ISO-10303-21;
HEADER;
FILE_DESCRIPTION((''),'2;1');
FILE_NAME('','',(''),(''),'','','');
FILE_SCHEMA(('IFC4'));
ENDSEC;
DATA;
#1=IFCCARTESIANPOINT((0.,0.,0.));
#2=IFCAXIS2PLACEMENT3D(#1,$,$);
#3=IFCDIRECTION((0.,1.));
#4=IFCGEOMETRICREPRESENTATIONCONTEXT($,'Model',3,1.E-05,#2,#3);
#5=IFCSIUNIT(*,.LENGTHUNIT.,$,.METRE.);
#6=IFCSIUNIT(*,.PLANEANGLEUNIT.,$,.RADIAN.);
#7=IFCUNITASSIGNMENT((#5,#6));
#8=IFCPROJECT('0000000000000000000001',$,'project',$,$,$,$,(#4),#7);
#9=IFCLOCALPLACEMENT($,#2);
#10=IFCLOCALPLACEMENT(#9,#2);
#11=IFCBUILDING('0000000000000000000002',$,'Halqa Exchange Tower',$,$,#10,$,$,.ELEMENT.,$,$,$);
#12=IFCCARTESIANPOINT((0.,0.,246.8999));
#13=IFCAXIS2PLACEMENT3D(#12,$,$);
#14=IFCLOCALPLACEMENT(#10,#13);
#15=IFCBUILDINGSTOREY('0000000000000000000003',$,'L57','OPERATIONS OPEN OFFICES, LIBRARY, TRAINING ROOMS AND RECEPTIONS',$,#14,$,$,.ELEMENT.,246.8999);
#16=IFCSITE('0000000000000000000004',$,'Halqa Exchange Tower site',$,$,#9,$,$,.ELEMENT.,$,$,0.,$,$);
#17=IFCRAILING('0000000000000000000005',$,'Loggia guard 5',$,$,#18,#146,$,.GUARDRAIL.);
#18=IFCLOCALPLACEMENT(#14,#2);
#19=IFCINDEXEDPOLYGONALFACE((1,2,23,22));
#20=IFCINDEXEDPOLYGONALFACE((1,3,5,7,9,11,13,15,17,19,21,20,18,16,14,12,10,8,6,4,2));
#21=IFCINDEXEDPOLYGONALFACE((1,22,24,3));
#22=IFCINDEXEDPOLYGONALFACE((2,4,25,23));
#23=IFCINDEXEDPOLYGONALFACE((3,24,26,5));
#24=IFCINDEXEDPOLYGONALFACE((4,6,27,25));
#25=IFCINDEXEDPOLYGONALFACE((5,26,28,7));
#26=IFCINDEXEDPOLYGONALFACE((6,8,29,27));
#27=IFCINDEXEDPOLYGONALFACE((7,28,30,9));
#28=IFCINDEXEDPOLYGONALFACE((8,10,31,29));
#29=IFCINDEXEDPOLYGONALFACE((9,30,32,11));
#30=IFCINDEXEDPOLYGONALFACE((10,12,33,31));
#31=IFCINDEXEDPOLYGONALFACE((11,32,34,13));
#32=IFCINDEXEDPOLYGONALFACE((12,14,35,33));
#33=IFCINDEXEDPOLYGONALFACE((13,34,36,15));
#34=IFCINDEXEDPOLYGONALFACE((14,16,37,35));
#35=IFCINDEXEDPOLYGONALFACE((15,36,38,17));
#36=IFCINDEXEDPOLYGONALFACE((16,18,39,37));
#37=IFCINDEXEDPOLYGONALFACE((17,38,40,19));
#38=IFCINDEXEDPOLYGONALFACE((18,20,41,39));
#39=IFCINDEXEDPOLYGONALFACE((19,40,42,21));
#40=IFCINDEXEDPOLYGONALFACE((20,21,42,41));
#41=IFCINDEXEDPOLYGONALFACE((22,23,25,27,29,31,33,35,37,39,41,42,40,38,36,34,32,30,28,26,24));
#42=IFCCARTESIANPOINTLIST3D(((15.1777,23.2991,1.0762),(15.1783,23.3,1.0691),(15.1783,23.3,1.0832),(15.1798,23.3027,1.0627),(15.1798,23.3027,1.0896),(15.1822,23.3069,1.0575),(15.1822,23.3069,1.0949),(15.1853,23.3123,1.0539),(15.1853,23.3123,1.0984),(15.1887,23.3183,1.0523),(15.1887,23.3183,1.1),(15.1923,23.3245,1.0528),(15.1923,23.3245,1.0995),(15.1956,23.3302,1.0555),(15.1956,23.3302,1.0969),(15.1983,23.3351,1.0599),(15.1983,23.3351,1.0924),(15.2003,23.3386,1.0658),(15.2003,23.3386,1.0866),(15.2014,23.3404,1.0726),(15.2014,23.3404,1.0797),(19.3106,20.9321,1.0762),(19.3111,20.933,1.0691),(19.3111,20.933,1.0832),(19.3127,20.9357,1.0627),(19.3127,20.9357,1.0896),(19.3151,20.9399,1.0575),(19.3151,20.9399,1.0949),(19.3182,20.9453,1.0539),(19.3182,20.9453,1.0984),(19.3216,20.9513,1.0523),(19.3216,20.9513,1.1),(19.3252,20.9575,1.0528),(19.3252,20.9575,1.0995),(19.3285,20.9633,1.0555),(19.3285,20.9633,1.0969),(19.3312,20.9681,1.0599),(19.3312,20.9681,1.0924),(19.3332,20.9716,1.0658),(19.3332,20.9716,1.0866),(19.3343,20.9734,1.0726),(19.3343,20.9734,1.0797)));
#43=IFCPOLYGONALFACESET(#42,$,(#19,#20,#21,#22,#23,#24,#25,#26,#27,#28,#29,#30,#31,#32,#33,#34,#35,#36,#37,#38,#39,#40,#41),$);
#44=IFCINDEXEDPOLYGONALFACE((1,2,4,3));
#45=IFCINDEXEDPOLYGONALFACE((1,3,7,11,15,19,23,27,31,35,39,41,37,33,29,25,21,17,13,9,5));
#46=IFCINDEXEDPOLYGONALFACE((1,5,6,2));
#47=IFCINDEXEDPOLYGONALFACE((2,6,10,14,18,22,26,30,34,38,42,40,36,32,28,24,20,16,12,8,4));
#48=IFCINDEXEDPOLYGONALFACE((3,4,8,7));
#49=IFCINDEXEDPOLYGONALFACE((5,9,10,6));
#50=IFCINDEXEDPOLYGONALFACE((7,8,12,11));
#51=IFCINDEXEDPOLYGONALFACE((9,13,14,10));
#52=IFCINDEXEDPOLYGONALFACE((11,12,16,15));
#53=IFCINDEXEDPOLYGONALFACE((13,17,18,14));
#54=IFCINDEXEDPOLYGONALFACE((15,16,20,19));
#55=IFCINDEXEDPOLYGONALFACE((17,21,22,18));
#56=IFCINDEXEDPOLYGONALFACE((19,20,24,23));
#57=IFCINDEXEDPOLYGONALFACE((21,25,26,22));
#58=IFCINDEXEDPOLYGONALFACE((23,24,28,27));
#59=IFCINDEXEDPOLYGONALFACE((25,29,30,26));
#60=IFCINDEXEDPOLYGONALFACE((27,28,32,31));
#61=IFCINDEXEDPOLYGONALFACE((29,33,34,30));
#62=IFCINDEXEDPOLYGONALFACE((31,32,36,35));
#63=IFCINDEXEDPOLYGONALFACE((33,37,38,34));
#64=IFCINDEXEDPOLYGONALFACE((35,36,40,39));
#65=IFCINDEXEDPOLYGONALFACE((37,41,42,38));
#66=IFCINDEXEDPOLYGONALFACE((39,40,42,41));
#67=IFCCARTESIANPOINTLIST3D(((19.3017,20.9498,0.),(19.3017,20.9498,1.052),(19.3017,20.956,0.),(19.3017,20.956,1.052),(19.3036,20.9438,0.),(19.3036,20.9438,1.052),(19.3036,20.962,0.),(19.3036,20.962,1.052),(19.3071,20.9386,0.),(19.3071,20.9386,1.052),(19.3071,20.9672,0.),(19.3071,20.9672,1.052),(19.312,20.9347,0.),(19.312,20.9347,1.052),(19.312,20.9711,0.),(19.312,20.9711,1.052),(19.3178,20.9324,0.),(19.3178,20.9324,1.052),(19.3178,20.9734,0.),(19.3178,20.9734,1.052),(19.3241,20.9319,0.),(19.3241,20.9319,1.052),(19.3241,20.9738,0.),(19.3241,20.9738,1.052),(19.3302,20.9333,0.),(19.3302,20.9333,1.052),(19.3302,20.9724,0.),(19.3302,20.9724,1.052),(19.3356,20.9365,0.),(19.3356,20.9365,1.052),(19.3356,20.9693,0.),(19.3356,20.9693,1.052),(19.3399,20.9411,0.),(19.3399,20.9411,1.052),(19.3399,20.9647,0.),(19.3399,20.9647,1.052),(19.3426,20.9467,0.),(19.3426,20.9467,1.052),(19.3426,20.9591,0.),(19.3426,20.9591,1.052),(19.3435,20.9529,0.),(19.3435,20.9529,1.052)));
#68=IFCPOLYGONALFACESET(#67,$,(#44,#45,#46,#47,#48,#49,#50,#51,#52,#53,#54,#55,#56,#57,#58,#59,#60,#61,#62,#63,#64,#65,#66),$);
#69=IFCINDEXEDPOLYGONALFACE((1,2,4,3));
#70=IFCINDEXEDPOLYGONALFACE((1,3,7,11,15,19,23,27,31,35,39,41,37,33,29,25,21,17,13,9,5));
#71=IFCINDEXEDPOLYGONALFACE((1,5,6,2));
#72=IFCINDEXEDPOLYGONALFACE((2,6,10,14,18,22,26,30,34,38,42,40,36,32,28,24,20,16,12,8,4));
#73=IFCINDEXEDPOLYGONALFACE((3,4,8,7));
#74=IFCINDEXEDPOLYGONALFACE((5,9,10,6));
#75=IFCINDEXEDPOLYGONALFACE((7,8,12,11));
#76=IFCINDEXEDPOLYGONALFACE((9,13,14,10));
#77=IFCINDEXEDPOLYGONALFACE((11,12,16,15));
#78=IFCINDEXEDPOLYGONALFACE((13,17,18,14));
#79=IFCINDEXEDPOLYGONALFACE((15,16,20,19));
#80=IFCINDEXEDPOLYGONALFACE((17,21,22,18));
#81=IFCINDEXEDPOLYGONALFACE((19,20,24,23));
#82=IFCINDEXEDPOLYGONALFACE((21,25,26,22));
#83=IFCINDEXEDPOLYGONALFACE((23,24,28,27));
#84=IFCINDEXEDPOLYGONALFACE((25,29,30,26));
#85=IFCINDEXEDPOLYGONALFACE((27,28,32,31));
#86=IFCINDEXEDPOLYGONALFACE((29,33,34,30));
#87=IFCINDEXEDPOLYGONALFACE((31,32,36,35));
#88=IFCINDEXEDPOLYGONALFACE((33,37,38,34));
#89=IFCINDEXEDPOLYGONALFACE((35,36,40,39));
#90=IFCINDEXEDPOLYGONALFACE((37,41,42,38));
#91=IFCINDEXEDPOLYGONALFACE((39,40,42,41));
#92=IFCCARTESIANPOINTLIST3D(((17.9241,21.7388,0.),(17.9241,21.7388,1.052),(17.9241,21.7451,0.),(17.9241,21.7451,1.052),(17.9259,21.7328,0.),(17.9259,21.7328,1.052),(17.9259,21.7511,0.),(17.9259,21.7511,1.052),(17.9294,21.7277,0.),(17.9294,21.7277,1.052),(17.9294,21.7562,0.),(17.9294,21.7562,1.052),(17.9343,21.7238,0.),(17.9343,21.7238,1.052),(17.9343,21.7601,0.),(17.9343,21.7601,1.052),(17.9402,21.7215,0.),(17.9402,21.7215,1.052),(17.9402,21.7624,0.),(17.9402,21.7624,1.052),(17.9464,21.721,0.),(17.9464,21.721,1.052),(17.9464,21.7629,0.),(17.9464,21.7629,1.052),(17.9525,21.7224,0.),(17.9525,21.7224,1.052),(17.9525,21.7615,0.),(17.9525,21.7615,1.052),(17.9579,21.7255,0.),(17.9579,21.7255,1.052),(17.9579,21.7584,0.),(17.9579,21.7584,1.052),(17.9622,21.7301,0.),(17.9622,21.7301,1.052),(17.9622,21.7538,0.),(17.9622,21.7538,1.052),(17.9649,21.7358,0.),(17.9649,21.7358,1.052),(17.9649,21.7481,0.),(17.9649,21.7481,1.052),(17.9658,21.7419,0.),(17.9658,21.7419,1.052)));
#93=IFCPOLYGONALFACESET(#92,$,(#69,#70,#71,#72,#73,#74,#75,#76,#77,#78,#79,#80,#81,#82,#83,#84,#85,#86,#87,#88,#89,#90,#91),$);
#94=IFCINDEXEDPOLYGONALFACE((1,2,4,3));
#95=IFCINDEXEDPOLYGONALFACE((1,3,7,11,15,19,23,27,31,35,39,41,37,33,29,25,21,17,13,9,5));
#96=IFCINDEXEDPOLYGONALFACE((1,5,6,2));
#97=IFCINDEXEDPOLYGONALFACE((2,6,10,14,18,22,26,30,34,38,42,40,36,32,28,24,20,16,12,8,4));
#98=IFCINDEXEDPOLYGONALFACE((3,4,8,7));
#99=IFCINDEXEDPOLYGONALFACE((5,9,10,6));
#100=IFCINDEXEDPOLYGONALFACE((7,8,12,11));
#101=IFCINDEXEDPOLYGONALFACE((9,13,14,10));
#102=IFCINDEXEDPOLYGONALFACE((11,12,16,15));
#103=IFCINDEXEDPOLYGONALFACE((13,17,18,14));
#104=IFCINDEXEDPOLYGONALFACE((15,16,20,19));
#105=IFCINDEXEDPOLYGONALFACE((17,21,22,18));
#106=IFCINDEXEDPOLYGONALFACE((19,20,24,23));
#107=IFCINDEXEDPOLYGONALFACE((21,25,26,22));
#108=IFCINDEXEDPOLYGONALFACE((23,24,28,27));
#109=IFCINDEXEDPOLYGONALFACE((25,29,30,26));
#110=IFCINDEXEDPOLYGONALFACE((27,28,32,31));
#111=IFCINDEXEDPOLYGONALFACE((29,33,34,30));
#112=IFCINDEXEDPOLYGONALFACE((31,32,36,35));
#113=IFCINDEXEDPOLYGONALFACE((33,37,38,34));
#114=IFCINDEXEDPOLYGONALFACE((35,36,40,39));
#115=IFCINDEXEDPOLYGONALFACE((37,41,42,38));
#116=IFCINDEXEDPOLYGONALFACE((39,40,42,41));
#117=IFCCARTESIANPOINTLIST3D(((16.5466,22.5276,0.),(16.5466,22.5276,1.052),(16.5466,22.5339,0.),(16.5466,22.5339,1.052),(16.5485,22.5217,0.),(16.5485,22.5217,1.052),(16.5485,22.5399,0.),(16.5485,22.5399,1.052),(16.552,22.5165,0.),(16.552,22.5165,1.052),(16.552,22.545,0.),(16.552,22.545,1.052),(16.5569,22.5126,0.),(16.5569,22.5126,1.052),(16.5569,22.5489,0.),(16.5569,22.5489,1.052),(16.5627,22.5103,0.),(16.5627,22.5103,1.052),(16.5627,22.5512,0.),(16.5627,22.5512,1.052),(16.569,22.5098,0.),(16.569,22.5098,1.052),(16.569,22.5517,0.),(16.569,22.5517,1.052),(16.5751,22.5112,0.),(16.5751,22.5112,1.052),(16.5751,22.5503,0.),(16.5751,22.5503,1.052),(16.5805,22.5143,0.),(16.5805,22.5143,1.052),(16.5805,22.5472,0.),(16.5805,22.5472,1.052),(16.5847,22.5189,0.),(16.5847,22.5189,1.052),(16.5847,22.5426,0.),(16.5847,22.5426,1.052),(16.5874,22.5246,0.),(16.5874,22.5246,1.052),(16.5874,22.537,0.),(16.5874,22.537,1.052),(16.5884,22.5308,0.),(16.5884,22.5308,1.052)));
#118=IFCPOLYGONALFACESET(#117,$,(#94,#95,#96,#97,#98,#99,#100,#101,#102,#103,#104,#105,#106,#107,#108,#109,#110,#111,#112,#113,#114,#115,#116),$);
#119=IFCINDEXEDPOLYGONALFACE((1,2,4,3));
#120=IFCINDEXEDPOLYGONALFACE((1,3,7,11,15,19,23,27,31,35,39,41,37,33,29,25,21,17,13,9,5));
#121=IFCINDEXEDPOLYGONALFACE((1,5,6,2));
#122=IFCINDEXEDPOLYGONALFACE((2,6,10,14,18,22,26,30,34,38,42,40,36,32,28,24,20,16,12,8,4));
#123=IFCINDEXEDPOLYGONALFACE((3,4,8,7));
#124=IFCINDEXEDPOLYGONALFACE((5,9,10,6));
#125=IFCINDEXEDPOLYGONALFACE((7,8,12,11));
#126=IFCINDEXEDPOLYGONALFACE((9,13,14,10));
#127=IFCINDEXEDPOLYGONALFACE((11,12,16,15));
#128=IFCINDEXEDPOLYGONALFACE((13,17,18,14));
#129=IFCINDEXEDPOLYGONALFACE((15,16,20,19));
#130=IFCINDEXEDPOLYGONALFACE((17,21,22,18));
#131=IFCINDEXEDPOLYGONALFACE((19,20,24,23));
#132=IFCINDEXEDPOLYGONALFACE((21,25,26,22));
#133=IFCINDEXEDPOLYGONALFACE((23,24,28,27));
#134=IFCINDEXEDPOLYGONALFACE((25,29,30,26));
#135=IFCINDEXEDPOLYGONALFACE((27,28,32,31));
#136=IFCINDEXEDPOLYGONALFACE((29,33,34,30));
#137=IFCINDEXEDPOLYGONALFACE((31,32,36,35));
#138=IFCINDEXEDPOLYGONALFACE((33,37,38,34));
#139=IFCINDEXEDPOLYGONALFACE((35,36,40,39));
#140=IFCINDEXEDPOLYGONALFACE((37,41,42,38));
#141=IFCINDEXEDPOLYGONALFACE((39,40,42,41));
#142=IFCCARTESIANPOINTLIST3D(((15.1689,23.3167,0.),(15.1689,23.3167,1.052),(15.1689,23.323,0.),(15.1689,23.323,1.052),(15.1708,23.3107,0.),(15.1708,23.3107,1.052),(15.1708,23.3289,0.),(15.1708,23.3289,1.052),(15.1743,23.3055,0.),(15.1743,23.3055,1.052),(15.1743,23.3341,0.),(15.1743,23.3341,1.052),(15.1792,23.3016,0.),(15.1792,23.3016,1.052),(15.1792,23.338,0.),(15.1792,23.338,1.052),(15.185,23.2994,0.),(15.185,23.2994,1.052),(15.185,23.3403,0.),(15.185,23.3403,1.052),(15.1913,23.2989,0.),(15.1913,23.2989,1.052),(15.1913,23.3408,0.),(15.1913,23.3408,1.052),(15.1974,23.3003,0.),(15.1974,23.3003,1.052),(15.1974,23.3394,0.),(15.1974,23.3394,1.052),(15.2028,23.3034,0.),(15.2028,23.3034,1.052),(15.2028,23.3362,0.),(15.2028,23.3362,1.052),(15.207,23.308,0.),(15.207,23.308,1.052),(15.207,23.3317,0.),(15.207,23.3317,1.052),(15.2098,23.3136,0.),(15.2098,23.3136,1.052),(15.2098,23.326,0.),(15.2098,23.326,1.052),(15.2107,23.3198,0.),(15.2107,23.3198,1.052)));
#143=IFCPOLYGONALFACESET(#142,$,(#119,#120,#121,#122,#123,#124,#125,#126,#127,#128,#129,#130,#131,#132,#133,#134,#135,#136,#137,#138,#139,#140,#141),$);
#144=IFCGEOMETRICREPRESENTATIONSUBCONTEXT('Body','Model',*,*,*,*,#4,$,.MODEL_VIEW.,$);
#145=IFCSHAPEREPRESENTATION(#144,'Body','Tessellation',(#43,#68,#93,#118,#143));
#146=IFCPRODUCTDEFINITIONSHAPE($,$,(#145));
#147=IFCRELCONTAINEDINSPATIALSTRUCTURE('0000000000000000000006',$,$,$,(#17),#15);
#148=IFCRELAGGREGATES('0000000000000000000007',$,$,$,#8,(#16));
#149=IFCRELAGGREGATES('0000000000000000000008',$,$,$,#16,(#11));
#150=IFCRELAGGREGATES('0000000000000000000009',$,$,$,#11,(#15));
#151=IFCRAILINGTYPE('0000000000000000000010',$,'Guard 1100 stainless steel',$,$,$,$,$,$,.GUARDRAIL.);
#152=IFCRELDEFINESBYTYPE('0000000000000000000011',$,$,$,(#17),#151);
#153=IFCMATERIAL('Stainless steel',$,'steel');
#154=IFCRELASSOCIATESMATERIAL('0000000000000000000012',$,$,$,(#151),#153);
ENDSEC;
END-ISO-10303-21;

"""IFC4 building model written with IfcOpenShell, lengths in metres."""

from ifc_helpers import new_model, si_unit, direction, frame, origin, origin_2d, place, context, subcontext, project, spatial, circle, extrude, material, type_object, element, save


model = new_model("IFC4")

# Units and contexts
model_context = context("Model", 3, precision=1e-05, world=origin(), true_north=direction((0.0, 1.0)))
body_context = subcontext(model_context, "Body", "Model", "MODEL_VIEW")
ifc_project = project(units=[si_unit("LENGTHUNIT", "METRE"), si_unit("PLANEANGLEUNIT", "RADIAN")], contexts=[model_context])

# Site, building, storey
site_placement = place(None, origin())
site = spatial("IfcSite", under=ifc_project, at=site_placement, Name="Halqa Exchange Tower site", CompositionType="ELEMENT", RefElevation=0.0)
building_placement = place(site_placement, origin())
building = spatial("IfcBuilding", under=site, at=building_placement, Name="Halqa Exchange Tower", CompositionType="ELEMENT")
storey_placement = place(building_placement, frame((0.0, 0.0, 246.8999)))
storey = spatial("IfcBuildingStorey", under=building, at=storey_placement, Name="L57", Description="OPERATIONS OPEN OFFICES, LIBRARY, TRAINING ROOMS AND RECEPTIONS", CompositionType="ELEMENT", Elevation=246.8999)

# Railing
ifc_material_1 = material(Name="Stainless steel", Category="steel")
railing_type = type_object("IfcRailingType", Name="Guard 1100 stainless steel", PredefinedType="GUARDRAIL", material=ifc_material_1)
railing_1_placement = place(storey_placement, frame((19.3225, 20.9529, 0.0)))
element("IfcRailing", 1, at=railing_1_placement, inside=storey, type_object=railing_type, Name="Loggia guard 5", PredefinedType="GUARDRAIL", context=body_context, shape_type="SweptSolid", body=[
    extrude(circle(Radius=0.0239, at=origin_2d()), frame((0.0, 0.0, 1.0762), z_axis=(-0.86776, 0.496983, 0.0), x_axis=(-0.496983, -0.86776, 0.0)), (0.0, 0.0, 1.0), 4.7627),
    extrude(circle(Radius=0.021, at=origin_2d()), origin(), (0.0, 0.0, 1.0), 1.052),
    extrude(circle(Radius=0.021, at=origin_2d()), frame((-1.3777, 0.7891, 0.0)), (0.0, 0.0, 1.0), 1.052),
    extrude(circle(Radius=0.021, at=origin_2d()), frame((-2.7551, 1.5779, 0.0)), (0.0, 0.0, 1.0), 1.052),
    extrude(circle(Radius=0.021, at=origin_2d()), frame((-4.1328, 2.3669, 0.0)), (0.0, 0.0, 1.0), 1.052),
])

save(model, "model.ifc")
